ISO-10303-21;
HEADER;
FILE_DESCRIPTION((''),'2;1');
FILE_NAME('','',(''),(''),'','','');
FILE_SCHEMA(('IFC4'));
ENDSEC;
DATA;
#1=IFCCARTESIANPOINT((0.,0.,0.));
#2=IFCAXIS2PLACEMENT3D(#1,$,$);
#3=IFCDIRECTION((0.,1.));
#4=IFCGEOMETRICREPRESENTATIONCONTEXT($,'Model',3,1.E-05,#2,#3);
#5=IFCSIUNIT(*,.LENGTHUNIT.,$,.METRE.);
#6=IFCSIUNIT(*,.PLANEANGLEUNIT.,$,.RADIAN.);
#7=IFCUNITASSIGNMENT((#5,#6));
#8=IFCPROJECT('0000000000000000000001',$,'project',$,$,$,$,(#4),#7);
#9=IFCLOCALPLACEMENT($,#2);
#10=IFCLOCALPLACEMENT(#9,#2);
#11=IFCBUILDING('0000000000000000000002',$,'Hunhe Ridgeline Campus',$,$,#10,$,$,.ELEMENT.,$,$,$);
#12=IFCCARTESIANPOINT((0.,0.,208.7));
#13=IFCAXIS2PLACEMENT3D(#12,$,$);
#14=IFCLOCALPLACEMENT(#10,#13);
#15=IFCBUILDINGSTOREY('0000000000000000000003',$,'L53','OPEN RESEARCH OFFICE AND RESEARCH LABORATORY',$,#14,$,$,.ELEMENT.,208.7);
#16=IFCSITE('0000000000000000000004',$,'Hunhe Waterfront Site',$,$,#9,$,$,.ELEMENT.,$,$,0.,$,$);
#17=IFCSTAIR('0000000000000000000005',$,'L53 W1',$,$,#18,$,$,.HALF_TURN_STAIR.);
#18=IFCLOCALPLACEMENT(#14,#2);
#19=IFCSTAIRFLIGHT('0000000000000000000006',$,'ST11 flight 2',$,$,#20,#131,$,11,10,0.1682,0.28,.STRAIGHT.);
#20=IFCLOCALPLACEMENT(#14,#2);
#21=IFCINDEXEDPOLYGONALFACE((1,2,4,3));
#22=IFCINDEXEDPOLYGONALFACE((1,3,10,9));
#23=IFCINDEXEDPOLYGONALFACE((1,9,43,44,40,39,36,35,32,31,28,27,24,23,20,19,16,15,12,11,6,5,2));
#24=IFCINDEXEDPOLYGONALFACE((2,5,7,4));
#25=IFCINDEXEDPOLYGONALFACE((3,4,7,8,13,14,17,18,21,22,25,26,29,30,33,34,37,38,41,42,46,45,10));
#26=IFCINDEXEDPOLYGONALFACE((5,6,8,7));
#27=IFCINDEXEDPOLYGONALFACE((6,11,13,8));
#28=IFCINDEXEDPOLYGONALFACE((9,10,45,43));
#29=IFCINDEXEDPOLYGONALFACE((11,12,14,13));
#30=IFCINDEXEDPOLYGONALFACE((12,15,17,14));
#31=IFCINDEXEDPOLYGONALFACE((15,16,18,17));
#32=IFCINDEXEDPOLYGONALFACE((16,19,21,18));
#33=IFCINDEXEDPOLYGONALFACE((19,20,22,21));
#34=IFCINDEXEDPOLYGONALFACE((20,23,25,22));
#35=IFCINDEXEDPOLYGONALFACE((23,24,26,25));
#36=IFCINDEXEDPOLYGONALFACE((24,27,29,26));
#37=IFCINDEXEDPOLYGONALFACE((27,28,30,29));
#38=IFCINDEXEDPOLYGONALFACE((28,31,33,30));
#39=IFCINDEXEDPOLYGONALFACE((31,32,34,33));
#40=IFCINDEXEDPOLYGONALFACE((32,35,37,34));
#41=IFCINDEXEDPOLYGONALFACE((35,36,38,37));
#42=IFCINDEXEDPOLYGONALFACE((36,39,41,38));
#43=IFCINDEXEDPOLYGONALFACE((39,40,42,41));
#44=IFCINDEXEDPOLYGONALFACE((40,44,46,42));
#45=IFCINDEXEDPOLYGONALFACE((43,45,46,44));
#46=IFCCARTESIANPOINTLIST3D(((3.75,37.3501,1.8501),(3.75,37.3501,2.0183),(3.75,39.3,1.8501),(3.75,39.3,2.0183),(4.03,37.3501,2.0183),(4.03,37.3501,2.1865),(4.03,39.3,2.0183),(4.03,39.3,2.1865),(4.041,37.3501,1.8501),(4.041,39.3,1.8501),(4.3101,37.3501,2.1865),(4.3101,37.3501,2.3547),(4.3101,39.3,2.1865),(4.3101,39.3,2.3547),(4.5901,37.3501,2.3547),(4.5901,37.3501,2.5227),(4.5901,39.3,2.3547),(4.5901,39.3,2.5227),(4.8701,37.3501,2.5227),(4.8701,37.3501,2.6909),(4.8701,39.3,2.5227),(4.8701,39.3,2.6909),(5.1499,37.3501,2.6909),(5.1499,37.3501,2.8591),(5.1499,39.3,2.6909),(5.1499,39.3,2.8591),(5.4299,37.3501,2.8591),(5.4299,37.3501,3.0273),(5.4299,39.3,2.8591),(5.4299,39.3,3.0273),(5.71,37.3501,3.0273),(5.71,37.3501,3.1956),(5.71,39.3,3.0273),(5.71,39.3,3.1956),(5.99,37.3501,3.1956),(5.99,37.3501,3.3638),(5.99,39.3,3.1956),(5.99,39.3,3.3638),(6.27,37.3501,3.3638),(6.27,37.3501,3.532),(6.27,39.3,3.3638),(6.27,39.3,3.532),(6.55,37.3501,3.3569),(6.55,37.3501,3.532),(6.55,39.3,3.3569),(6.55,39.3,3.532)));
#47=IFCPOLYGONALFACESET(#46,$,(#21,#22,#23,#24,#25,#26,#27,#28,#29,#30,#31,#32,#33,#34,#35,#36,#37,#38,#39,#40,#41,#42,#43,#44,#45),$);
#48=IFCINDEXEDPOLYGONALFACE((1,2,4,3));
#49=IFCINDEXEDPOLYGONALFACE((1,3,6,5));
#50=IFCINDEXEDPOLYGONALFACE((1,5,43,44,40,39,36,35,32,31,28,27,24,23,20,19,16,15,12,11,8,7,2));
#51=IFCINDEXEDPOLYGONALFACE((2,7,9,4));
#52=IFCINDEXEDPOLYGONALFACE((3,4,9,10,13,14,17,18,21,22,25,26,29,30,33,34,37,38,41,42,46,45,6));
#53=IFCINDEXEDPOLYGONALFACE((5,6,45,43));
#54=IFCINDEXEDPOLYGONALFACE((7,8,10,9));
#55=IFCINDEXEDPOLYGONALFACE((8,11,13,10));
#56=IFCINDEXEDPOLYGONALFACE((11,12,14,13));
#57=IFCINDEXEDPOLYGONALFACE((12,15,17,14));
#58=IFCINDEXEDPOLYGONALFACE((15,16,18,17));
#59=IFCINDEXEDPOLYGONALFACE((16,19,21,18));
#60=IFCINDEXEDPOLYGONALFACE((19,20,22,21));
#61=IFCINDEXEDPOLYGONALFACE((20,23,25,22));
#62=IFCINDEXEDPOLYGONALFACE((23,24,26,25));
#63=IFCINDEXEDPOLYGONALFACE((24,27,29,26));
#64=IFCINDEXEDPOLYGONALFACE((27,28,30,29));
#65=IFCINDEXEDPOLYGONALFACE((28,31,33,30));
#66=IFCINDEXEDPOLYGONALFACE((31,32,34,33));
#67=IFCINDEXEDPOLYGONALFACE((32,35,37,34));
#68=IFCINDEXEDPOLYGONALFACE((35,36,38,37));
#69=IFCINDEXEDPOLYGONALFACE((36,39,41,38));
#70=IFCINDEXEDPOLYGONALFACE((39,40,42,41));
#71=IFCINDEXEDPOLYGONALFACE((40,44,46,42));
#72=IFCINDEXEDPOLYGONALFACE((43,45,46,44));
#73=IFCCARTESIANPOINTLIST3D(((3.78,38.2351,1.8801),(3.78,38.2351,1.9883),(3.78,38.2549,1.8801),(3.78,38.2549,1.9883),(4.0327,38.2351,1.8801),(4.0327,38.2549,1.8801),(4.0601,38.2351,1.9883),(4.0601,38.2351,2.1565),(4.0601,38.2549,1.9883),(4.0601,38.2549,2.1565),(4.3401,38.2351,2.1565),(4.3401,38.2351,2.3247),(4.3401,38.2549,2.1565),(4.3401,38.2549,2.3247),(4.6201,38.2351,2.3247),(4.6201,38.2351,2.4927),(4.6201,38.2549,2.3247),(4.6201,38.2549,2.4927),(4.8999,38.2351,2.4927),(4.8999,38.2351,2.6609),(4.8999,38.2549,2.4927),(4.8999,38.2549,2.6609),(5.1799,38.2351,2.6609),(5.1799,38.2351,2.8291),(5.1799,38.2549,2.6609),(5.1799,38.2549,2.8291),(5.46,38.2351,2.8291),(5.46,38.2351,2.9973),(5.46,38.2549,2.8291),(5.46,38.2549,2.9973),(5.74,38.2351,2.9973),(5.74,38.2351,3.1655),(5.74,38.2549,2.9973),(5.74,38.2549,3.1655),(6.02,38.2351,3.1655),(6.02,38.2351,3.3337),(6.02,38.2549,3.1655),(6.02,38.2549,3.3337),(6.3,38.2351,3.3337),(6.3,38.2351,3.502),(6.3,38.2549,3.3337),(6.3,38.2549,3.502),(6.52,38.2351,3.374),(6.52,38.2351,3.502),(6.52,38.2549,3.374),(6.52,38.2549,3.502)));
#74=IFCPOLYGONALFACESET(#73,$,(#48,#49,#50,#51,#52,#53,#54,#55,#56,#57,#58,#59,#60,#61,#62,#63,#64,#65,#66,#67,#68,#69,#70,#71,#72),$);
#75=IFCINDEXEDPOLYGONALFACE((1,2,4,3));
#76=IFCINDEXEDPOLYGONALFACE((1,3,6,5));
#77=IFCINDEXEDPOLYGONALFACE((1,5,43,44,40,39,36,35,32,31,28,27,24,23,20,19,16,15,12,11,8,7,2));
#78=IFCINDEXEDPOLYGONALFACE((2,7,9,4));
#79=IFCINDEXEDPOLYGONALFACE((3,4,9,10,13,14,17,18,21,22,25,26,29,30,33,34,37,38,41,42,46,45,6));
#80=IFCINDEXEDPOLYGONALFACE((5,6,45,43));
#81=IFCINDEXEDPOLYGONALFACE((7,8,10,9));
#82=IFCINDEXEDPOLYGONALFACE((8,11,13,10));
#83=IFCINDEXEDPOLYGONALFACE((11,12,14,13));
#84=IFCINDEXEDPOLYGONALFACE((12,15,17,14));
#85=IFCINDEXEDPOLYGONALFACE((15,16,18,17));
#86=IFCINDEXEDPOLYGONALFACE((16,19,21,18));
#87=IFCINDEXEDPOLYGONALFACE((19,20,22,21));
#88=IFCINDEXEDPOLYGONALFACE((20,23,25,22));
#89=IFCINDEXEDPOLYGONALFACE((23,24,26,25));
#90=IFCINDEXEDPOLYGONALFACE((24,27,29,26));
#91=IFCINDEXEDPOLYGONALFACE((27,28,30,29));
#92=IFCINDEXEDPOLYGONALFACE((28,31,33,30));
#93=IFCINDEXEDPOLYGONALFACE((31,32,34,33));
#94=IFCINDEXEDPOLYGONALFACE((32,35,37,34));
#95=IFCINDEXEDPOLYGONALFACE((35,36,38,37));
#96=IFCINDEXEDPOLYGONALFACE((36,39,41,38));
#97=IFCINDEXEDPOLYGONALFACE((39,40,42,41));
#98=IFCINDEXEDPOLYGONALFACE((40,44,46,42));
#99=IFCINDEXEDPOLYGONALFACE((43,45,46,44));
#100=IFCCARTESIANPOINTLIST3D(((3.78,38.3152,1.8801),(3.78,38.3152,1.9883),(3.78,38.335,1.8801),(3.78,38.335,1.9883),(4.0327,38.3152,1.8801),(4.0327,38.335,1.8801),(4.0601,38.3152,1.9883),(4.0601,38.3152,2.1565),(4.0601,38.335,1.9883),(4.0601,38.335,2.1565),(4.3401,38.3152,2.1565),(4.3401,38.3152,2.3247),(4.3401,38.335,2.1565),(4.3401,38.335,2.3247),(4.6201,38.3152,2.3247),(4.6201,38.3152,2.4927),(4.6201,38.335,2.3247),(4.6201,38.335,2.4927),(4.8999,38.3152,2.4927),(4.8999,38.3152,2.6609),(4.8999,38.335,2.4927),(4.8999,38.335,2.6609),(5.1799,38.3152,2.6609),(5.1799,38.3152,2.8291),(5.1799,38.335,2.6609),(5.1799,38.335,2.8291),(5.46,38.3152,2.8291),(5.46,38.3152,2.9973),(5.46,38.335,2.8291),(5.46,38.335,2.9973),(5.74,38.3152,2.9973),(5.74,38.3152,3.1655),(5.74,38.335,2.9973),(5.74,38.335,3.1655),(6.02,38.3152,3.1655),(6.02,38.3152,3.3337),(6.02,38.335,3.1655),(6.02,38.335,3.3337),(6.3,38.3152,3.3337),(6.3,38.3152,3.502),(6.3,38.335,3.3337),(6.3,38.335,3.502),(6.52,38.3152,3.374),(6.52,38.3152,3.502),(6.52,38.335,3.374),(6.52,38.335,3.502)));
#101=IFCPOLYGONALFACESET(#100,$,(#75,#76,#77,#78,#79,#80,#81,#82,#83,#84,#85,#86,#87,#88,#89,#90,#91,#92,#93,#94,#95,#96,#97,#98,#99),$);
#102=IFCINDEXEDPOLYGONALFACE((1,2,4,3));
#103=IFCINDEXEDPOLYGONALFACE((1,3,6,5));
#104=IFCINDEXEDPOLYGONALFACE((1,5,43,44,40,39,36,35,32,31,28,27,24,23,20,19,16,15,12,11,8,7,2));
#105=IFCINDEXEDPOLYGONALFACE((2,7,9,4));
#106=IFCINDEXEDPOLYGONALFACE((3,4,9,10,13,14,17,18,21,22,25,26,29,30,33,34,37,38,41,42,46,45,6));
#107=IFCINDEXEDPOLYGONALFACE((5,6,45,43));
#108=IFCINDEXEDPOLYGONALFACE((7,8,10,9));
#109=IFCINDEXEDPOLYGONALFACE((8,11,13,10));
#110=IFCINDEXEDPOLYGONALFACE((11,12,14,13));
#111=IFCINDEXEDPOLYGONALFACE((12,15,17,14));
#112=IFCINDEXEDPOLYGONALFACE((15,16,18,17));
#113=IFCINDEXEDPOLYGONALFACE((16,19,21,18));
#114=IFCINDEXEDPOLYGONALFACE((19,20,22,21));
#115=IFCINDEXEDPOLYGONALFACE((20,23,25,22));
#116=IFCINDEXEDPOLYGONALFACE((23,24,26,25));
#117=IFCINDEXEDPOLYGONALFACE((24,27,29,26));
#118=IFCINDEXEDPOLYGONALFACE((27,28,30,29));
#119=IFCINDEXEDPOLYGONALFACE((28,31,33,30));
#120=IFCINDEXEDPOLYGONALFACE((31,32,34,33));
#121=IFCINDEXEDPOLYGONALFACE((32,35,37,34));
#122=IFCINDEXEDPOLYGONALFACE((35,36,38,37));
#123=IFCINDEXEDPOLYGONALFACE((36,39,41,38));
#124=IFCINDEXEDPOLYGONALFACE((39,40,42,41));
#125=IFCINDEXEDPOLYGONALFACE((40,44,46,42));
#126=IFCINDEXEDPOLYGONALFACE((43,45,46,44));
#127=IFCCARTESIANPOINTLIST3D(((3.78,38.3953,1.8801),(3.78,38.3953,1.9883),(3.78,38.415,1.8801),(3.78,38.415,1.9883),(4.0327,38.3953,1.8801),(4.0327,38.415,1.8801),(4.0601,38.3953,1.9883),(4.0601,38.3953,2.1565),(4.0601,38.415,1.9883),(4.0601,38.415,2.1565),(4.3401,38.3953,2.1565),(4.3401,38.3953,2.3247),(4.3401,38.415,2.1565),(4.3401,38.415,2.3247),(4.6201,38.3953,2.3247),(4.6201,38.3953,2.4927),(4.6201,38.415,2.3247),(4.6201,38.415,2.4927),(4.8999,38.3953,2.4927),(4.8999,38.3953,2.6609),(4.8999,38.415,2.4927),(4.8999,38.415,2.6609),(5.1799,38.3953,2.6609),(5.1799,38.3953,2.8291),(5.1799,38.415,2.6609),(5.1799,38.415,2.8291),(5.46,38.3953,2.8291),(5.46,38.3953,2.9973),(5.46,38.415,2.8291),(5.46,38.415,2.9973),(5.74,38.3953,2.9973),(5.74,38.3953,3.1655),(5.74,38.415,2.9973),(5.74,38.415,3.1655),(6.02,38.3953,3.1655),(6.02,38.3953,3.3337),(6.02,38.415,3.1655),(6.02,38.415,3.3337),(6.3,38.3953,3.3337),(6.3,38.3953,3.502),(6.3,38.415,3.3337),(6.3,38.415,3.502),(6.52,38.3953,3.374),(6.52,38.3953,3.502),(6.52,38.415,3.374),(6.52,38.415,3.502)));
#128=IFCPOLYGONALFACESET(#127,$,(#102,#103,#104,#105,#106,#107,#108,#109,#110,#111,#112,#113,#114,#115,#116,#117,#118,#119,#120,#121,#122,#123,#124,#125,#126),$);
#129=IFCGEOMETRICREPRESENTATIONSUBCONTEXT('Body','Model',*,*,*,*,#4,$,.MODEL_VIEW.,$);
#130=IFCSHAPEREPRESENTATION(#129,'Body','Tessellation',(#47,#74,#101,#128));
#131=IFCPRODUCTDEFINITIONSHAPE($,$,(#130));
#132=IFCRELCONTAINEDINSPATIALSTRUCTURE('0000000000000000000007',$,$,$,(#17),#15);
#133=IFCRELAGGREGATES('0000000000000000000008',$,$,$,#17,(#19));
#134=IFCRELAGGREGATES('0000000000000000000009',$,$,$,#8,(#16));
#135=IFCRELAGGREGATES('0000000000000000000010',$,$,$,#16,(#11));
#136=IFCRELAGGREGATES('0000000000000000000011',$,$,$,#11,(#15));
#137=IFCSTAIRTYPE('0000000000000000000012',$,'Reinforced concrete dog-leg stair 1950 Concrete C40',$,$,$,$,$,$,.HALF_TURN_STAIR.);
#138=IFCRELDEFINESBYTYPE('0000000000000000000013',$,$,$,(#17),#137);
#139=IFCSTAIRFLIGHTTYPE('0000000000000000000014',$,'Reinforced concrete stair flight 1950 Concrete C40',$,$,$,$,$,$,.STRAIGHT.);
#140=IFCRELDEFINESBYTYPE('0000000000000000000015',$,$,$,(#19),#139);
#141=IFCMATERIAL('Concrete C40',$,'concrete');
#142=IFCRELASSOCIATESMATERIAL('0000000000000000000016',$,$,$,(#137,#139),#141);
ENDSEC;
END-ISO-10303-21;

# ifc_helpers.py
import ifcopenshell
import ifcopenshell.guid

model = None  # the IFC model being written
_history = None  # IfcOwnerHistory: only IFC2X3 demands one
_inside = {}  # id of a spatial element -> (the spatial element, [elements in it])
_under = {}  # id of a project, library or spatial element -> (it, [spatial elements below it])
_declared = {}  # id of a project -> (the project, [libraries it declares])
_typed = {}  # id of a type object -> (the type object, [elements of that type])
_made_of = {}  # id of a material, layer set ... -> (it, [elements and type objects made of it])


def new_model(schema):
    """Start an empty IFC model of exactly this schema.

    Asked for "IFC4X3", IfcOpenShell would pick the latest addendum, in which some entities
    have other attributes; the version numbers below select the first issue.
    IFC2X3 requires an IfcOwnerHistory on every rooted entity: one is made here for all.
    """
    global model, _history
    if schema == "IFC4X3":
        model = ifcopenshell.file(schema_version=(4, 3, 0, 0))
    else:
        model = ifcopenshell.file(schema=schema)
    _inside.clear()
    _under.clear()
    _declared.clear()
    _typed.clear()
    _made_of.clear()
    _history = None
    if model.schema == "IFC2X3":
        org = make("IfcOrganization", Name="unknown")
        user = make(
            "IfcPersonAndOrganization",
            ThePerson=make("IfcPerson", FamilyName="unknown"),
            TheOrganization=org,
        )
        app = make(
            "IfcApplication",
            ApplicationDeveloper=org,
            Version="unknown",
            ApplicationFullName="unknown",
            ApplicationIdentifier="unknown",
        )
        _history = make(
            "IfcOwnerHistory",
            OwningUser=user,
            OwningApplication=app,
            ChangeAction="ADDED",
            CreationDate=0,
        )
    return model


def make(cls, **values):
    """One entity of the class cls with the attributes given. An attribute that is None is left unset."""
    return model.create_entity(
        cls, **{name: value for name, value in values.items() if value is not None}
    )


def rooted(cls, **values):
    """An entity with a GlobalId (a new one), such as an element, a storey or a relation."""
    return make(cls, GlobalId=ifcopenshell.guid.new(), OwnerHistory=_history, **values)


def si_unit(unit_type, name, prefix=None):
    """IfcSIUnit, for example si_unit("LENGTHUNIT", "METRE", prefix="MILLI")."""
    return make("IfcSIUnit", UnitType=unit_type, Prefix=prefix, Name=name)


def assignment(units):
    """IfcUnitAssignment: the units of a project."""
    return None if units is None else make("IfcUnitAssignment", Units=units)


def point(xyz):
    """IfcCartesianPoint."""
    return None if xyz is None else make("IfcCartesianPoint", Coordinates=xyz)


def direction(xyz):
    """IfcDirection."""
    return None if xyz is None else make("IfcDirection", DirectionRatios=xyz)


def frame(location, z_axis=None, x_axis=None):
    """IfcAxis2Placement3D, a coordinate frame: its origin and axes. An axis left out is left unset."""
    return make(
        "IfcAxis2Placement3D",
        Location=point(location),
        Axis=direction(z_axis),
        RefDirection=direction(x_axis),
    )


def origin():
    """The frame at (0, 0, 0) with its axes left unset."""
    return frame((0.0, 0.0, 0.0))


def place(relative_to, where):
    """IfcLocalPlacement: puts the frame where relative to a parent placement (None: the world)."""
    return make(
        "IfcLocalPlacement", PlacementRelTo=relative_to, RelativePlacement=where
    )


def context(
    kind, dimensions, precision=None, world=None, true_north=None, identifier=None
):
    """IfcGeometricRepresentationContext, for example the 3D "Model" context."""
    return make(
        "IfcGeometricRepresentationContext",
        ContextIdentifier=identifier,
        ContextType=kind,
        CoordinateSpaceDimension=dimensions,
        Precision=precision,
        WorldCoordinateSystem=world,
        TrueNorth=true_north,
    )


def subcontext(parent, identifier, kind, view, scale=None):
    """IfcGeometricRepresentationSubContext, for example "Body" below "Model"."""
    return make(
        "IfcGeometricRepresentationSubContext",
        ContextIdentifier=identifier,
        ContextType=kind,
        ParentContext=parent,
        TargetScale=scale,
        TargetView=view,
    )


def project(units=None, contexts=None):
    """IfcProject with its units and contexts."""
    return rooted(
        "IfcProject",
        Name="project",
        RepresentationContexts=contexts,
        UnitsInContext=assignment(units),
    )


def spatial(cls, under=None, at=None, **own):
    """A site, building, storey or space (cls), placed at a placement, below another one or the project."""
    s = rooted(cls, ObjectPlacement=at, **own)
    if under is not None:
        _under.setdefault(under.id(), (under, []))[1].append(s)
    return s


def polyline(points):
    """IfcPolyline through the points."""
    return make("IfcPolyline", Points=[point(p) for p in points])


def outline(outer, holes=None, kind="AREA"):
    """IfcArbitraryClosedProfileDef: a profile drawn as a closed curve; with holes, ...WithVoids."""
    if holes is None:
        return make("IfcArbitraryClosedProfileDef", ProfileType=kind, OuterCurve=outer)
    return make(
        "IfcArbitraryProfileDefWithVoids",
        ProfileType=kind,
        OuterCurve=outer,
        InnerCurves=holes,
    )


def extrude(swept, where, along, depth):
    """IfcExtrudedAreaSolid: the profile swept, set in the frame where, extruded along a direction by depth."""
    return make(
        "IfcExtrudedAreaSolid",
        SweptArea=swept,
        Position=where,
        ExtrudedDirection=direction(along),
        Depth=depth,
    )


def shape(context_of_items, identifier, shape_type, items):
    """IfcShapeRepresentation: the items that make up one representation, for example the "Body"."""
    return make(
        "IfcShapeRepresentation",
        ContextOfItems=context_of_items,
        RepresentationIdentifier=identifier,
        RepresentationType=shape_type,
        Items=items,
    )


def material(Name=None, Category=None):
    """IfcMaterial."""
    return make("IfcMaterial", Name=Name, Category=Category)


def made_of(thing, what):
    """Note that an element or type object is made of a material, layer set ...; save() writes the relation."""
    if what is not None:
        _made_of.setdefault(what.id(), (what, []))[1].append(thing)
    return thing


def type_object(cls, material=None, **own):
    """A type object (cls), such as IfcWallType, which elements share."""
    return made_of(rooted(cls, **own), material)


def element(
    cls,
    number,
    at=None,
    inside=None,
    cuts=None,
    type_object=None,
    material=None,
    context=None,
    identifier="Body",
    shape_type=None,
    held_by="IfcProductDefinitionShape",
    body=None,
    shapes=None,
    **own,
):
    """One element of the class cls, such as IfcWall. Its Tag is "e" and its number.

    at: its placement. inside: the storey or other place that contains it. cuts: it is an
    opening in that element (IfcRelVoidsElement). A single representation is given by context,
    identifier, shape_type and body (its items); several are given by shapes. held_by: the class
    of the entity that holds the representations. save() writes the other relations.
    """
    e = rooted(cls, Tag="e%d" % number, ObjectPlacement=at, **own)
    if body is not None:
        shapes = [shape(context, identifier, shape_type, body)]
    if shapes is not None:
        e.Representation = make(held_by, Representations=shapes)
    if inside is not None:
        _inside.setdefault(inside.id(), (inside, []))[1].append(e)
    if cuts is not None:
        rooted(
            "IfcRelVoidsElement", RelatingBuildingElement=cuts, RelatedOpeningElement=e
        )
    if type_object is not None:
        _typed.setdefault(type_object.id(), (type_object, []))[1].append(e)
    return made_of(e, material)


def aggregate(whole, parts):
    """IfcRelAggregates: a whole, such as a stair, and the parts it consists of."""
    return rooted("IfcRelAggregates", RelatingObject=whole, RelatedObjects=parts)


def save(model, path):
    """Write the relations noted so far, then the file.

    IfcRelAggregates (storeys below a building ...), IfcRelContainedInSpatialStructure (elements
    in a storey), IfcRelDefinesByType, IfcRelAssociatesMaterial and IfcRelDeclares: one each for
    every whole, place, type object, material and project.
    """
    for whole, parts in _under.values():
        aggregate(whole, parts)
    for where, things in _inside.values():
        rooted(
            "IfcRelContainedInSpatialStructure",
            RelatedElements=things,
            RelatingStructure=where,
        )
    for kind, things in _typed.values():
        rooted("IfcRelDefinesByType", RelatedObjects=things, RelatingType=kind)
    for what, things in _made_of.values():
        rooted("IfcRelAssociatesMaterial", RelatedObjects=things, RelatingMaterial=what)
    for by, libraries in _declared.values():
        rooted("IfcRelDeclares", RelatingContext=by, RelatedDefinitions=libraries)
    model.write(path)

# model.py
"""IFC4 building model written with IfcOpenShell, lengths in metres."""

from ifc_helpers import new_model, si_unit, direction, frame, origin, place, context, subcontext, project, spatial, polyline, outline, extrude, material, type_object, element, aggregate, save


model = new_model("IFC4")

# Units and contexts
model_context = context("Model", 3, precision=1e-05, world=origin(), true_north=direction((0.0, 1.0)))
body_context = subcontext(model_context, "Body", "Model", "MODEL_VIEW")
ifc_project = project(units=[si_unit("LENGTHUNIT", "METRE"), si_unit("PLANEANGLEUNIT", "RADIAN")], contexts=[model_context])

# Site, building, storey
site_placement = place(None, origin())
site = spatial("IfcSite", under=ifc_project, at=site_placement, Name="Hunhe Waterfront Site", CompositionType="ELEMENT", RefElevation=0.0)
building_placement = place(site_placement, origin())
building = spatial("IfcBuilding", under=site, at=building_placement, Name="Hunhe Ridgeline Campus", CompositionType="ELEMENT")
storey_placement = place(building_placement, frame((0.0, 0.0, 208.7)))
storey = spatial("IfcBuildingStorey", under=building, at=storey_placement, Name="L53", Description="OPEN RESEARCH OFFICE AND RESEARCH LABORATORY", CompositionType="ELEMENT", Elevation=208.7)

# Stair, stair flight
ifc_material_1 = material(Name="Concrete C40", Category="concrete")
stair_type = type_object("IfcStairType", Name="Reinforced concrete dog-leg stair 1950 Concrete C40", PredefinedType="HALF_TURN_STAIR", material=ifc_material_1)
stair_placement = place(storey_placement, origin())
stair = element("IfcStair", 1, at=stair_placement, inside=storey, type_object=stair_type, Name="L53 W1", PredefinedType="HALF_TURN_STAIR")
stair_flight_type = type_object("IfcStairFlightType", Name="Reinforced concrete stair flight 1950 Concrete C40", PredefinedType="STRAIGHT", material=ifc_material_1)
stair_flight_placement = place(storey_placement, frame((3.75, 38.325, 1.8501), z_axis=(0.0, 0.0, 1.0), x_axis=(1.0, 0.0, 0.0)))
stair_flight = element("IfcStairFlight", 2, at=stair_flight_placement, type_object=stair_flight_type, Name="ST11 flight 2", NumberOfRisers=11, NumberOfTreads=10, PredefinedType="STRAIGHT", RiserHeight=0.1682, TreadLength=0.28, context=body_context, shape_type="SweptSolid", body=[
    extrude(outline(polyline([(0.0, 0.0), (0.0, 0.1682), (0.28, 0.1682), (0.28, 0.3364), (0.5601, 0.3364), (0.5601, 0.5046), (0.8401, 0.5046), (0.8401, 0.6726), (1.1201, 0.6726), (1.1201, 0.8408), (1.3999, 0.8408), (1.3999, 1.009), (1.6799, 1.009), (1.6799, 1.1772), (1.96, 1.1772), (1.96, 1.3455), (2.24, 1.3455), (2.24, 1.5137), (2.52, 1.5137), (2.52, 1.6819), (2.8, 1.6819), (2.8, 1.8501), (2.8, 1.5068), (0.291, 0.0), (0.0, 0.0)])), frame((0.0, 0.9751, 0.0), z_axis=(0.0, -1.0, 0.0), x_axis=(1.0, 0.0, 0.0)), (0.0, 0.0, 1.0), 1.95),
    extrude(outline(polyline([(0.03, 0.03), (0.03, 0.1382), (0.3101, 0.1382), (0.3101, 0.3064), (0.5901, 0.3064), (0.5901, 0.4746), (0.8701, 0.4746), (0.8701, 0.6426), (1.1499, 0.6426), (1.1499, 0.8108), (1.4299, 0.8108), (1.4299, 0.979), (1.71, 0.979), (1.71, 1.1472), (1.99, 1.1472), (1.99, 1.3154), (2.27, 1.3154), (2.27, 1.4836), (2.55, 1.4836), (2.55, 1.6519), (2.77, 1.6519), (2.77, 1.5239), (0.2827, 0.03), (0.03, 0.03)])), frame((0.0, -0.0701, 0.0), z_axis=(0.0, -1.0, 0.0), x_axis=(1.0, 0.0, 0.0)), (0.0, 0.0, 1.0), 0.0198),
    extrude(outline(polyline([(0.03, 0.03), (0.03, 0.1382), (0.3101, 0.1382), (0.3101, 0.3064), (0.5901, 0.3064), (0.5901, 0.4746), (0.8701, 0.4746), (0.8701, 0.6426), (1.1499, 0.6426), (1.1499, 0.8108), (1.4299, 0.8108), (1.4299, 0.979), (1.71, 0.979), (1.71, 1.1472), (1.99, 1.1472), (1.99, 1.3154), (2.27, 1.3154), (2.27, 1.4836), (2.55, 1.4836), (2.55, 1.6519), (2.77, 1.6519), (2.77, 1.5239), (0.2827, 0.03), (0.03, 0.03)])), frame((0.0, 0.01, 0.0), z_axis=(0.0, -1.0, 0.0), x_axis=(1.0, 0.0, 0.0)), (0.0, 0.0, 1.0), 0.0198),
    extrude(outline(polyline([(0.03, 0.03), (0.03, 0.1382), (0.3101, 0.1382), (0.3101, 0.3064), (0.5901, 0.3064), (0.5901, 0.4746), (0.8701, 0.4746), (0.8701, 0.6426), (1.1499, 0.6426), (1.1499, 0.8108), (1.4299, 0.8108), (1.4299, 0.979), (1.71, 0.979), (1.71, 1.1472), (1.99, 1.1472), (1.99, 1.3154), (2.27, 1.3154), (2.27, 1.4836), (2.55, 1.4836), (2.55, 1.6519), (2.77, 1.6519), (2.77, 1.5239), (0.2827, 0.03), (0.03, 0.03)])), frame((0.0, 0.0901, 0.0), z_axis=(0.0, -1.0, 0.0), x_axis=(1.0, 0.0, 0.0)), (0.0, 0.0, 1.0), 0.0198),
])
aggregate(stair, [stair_flight])

save(model, "model.ifc")
